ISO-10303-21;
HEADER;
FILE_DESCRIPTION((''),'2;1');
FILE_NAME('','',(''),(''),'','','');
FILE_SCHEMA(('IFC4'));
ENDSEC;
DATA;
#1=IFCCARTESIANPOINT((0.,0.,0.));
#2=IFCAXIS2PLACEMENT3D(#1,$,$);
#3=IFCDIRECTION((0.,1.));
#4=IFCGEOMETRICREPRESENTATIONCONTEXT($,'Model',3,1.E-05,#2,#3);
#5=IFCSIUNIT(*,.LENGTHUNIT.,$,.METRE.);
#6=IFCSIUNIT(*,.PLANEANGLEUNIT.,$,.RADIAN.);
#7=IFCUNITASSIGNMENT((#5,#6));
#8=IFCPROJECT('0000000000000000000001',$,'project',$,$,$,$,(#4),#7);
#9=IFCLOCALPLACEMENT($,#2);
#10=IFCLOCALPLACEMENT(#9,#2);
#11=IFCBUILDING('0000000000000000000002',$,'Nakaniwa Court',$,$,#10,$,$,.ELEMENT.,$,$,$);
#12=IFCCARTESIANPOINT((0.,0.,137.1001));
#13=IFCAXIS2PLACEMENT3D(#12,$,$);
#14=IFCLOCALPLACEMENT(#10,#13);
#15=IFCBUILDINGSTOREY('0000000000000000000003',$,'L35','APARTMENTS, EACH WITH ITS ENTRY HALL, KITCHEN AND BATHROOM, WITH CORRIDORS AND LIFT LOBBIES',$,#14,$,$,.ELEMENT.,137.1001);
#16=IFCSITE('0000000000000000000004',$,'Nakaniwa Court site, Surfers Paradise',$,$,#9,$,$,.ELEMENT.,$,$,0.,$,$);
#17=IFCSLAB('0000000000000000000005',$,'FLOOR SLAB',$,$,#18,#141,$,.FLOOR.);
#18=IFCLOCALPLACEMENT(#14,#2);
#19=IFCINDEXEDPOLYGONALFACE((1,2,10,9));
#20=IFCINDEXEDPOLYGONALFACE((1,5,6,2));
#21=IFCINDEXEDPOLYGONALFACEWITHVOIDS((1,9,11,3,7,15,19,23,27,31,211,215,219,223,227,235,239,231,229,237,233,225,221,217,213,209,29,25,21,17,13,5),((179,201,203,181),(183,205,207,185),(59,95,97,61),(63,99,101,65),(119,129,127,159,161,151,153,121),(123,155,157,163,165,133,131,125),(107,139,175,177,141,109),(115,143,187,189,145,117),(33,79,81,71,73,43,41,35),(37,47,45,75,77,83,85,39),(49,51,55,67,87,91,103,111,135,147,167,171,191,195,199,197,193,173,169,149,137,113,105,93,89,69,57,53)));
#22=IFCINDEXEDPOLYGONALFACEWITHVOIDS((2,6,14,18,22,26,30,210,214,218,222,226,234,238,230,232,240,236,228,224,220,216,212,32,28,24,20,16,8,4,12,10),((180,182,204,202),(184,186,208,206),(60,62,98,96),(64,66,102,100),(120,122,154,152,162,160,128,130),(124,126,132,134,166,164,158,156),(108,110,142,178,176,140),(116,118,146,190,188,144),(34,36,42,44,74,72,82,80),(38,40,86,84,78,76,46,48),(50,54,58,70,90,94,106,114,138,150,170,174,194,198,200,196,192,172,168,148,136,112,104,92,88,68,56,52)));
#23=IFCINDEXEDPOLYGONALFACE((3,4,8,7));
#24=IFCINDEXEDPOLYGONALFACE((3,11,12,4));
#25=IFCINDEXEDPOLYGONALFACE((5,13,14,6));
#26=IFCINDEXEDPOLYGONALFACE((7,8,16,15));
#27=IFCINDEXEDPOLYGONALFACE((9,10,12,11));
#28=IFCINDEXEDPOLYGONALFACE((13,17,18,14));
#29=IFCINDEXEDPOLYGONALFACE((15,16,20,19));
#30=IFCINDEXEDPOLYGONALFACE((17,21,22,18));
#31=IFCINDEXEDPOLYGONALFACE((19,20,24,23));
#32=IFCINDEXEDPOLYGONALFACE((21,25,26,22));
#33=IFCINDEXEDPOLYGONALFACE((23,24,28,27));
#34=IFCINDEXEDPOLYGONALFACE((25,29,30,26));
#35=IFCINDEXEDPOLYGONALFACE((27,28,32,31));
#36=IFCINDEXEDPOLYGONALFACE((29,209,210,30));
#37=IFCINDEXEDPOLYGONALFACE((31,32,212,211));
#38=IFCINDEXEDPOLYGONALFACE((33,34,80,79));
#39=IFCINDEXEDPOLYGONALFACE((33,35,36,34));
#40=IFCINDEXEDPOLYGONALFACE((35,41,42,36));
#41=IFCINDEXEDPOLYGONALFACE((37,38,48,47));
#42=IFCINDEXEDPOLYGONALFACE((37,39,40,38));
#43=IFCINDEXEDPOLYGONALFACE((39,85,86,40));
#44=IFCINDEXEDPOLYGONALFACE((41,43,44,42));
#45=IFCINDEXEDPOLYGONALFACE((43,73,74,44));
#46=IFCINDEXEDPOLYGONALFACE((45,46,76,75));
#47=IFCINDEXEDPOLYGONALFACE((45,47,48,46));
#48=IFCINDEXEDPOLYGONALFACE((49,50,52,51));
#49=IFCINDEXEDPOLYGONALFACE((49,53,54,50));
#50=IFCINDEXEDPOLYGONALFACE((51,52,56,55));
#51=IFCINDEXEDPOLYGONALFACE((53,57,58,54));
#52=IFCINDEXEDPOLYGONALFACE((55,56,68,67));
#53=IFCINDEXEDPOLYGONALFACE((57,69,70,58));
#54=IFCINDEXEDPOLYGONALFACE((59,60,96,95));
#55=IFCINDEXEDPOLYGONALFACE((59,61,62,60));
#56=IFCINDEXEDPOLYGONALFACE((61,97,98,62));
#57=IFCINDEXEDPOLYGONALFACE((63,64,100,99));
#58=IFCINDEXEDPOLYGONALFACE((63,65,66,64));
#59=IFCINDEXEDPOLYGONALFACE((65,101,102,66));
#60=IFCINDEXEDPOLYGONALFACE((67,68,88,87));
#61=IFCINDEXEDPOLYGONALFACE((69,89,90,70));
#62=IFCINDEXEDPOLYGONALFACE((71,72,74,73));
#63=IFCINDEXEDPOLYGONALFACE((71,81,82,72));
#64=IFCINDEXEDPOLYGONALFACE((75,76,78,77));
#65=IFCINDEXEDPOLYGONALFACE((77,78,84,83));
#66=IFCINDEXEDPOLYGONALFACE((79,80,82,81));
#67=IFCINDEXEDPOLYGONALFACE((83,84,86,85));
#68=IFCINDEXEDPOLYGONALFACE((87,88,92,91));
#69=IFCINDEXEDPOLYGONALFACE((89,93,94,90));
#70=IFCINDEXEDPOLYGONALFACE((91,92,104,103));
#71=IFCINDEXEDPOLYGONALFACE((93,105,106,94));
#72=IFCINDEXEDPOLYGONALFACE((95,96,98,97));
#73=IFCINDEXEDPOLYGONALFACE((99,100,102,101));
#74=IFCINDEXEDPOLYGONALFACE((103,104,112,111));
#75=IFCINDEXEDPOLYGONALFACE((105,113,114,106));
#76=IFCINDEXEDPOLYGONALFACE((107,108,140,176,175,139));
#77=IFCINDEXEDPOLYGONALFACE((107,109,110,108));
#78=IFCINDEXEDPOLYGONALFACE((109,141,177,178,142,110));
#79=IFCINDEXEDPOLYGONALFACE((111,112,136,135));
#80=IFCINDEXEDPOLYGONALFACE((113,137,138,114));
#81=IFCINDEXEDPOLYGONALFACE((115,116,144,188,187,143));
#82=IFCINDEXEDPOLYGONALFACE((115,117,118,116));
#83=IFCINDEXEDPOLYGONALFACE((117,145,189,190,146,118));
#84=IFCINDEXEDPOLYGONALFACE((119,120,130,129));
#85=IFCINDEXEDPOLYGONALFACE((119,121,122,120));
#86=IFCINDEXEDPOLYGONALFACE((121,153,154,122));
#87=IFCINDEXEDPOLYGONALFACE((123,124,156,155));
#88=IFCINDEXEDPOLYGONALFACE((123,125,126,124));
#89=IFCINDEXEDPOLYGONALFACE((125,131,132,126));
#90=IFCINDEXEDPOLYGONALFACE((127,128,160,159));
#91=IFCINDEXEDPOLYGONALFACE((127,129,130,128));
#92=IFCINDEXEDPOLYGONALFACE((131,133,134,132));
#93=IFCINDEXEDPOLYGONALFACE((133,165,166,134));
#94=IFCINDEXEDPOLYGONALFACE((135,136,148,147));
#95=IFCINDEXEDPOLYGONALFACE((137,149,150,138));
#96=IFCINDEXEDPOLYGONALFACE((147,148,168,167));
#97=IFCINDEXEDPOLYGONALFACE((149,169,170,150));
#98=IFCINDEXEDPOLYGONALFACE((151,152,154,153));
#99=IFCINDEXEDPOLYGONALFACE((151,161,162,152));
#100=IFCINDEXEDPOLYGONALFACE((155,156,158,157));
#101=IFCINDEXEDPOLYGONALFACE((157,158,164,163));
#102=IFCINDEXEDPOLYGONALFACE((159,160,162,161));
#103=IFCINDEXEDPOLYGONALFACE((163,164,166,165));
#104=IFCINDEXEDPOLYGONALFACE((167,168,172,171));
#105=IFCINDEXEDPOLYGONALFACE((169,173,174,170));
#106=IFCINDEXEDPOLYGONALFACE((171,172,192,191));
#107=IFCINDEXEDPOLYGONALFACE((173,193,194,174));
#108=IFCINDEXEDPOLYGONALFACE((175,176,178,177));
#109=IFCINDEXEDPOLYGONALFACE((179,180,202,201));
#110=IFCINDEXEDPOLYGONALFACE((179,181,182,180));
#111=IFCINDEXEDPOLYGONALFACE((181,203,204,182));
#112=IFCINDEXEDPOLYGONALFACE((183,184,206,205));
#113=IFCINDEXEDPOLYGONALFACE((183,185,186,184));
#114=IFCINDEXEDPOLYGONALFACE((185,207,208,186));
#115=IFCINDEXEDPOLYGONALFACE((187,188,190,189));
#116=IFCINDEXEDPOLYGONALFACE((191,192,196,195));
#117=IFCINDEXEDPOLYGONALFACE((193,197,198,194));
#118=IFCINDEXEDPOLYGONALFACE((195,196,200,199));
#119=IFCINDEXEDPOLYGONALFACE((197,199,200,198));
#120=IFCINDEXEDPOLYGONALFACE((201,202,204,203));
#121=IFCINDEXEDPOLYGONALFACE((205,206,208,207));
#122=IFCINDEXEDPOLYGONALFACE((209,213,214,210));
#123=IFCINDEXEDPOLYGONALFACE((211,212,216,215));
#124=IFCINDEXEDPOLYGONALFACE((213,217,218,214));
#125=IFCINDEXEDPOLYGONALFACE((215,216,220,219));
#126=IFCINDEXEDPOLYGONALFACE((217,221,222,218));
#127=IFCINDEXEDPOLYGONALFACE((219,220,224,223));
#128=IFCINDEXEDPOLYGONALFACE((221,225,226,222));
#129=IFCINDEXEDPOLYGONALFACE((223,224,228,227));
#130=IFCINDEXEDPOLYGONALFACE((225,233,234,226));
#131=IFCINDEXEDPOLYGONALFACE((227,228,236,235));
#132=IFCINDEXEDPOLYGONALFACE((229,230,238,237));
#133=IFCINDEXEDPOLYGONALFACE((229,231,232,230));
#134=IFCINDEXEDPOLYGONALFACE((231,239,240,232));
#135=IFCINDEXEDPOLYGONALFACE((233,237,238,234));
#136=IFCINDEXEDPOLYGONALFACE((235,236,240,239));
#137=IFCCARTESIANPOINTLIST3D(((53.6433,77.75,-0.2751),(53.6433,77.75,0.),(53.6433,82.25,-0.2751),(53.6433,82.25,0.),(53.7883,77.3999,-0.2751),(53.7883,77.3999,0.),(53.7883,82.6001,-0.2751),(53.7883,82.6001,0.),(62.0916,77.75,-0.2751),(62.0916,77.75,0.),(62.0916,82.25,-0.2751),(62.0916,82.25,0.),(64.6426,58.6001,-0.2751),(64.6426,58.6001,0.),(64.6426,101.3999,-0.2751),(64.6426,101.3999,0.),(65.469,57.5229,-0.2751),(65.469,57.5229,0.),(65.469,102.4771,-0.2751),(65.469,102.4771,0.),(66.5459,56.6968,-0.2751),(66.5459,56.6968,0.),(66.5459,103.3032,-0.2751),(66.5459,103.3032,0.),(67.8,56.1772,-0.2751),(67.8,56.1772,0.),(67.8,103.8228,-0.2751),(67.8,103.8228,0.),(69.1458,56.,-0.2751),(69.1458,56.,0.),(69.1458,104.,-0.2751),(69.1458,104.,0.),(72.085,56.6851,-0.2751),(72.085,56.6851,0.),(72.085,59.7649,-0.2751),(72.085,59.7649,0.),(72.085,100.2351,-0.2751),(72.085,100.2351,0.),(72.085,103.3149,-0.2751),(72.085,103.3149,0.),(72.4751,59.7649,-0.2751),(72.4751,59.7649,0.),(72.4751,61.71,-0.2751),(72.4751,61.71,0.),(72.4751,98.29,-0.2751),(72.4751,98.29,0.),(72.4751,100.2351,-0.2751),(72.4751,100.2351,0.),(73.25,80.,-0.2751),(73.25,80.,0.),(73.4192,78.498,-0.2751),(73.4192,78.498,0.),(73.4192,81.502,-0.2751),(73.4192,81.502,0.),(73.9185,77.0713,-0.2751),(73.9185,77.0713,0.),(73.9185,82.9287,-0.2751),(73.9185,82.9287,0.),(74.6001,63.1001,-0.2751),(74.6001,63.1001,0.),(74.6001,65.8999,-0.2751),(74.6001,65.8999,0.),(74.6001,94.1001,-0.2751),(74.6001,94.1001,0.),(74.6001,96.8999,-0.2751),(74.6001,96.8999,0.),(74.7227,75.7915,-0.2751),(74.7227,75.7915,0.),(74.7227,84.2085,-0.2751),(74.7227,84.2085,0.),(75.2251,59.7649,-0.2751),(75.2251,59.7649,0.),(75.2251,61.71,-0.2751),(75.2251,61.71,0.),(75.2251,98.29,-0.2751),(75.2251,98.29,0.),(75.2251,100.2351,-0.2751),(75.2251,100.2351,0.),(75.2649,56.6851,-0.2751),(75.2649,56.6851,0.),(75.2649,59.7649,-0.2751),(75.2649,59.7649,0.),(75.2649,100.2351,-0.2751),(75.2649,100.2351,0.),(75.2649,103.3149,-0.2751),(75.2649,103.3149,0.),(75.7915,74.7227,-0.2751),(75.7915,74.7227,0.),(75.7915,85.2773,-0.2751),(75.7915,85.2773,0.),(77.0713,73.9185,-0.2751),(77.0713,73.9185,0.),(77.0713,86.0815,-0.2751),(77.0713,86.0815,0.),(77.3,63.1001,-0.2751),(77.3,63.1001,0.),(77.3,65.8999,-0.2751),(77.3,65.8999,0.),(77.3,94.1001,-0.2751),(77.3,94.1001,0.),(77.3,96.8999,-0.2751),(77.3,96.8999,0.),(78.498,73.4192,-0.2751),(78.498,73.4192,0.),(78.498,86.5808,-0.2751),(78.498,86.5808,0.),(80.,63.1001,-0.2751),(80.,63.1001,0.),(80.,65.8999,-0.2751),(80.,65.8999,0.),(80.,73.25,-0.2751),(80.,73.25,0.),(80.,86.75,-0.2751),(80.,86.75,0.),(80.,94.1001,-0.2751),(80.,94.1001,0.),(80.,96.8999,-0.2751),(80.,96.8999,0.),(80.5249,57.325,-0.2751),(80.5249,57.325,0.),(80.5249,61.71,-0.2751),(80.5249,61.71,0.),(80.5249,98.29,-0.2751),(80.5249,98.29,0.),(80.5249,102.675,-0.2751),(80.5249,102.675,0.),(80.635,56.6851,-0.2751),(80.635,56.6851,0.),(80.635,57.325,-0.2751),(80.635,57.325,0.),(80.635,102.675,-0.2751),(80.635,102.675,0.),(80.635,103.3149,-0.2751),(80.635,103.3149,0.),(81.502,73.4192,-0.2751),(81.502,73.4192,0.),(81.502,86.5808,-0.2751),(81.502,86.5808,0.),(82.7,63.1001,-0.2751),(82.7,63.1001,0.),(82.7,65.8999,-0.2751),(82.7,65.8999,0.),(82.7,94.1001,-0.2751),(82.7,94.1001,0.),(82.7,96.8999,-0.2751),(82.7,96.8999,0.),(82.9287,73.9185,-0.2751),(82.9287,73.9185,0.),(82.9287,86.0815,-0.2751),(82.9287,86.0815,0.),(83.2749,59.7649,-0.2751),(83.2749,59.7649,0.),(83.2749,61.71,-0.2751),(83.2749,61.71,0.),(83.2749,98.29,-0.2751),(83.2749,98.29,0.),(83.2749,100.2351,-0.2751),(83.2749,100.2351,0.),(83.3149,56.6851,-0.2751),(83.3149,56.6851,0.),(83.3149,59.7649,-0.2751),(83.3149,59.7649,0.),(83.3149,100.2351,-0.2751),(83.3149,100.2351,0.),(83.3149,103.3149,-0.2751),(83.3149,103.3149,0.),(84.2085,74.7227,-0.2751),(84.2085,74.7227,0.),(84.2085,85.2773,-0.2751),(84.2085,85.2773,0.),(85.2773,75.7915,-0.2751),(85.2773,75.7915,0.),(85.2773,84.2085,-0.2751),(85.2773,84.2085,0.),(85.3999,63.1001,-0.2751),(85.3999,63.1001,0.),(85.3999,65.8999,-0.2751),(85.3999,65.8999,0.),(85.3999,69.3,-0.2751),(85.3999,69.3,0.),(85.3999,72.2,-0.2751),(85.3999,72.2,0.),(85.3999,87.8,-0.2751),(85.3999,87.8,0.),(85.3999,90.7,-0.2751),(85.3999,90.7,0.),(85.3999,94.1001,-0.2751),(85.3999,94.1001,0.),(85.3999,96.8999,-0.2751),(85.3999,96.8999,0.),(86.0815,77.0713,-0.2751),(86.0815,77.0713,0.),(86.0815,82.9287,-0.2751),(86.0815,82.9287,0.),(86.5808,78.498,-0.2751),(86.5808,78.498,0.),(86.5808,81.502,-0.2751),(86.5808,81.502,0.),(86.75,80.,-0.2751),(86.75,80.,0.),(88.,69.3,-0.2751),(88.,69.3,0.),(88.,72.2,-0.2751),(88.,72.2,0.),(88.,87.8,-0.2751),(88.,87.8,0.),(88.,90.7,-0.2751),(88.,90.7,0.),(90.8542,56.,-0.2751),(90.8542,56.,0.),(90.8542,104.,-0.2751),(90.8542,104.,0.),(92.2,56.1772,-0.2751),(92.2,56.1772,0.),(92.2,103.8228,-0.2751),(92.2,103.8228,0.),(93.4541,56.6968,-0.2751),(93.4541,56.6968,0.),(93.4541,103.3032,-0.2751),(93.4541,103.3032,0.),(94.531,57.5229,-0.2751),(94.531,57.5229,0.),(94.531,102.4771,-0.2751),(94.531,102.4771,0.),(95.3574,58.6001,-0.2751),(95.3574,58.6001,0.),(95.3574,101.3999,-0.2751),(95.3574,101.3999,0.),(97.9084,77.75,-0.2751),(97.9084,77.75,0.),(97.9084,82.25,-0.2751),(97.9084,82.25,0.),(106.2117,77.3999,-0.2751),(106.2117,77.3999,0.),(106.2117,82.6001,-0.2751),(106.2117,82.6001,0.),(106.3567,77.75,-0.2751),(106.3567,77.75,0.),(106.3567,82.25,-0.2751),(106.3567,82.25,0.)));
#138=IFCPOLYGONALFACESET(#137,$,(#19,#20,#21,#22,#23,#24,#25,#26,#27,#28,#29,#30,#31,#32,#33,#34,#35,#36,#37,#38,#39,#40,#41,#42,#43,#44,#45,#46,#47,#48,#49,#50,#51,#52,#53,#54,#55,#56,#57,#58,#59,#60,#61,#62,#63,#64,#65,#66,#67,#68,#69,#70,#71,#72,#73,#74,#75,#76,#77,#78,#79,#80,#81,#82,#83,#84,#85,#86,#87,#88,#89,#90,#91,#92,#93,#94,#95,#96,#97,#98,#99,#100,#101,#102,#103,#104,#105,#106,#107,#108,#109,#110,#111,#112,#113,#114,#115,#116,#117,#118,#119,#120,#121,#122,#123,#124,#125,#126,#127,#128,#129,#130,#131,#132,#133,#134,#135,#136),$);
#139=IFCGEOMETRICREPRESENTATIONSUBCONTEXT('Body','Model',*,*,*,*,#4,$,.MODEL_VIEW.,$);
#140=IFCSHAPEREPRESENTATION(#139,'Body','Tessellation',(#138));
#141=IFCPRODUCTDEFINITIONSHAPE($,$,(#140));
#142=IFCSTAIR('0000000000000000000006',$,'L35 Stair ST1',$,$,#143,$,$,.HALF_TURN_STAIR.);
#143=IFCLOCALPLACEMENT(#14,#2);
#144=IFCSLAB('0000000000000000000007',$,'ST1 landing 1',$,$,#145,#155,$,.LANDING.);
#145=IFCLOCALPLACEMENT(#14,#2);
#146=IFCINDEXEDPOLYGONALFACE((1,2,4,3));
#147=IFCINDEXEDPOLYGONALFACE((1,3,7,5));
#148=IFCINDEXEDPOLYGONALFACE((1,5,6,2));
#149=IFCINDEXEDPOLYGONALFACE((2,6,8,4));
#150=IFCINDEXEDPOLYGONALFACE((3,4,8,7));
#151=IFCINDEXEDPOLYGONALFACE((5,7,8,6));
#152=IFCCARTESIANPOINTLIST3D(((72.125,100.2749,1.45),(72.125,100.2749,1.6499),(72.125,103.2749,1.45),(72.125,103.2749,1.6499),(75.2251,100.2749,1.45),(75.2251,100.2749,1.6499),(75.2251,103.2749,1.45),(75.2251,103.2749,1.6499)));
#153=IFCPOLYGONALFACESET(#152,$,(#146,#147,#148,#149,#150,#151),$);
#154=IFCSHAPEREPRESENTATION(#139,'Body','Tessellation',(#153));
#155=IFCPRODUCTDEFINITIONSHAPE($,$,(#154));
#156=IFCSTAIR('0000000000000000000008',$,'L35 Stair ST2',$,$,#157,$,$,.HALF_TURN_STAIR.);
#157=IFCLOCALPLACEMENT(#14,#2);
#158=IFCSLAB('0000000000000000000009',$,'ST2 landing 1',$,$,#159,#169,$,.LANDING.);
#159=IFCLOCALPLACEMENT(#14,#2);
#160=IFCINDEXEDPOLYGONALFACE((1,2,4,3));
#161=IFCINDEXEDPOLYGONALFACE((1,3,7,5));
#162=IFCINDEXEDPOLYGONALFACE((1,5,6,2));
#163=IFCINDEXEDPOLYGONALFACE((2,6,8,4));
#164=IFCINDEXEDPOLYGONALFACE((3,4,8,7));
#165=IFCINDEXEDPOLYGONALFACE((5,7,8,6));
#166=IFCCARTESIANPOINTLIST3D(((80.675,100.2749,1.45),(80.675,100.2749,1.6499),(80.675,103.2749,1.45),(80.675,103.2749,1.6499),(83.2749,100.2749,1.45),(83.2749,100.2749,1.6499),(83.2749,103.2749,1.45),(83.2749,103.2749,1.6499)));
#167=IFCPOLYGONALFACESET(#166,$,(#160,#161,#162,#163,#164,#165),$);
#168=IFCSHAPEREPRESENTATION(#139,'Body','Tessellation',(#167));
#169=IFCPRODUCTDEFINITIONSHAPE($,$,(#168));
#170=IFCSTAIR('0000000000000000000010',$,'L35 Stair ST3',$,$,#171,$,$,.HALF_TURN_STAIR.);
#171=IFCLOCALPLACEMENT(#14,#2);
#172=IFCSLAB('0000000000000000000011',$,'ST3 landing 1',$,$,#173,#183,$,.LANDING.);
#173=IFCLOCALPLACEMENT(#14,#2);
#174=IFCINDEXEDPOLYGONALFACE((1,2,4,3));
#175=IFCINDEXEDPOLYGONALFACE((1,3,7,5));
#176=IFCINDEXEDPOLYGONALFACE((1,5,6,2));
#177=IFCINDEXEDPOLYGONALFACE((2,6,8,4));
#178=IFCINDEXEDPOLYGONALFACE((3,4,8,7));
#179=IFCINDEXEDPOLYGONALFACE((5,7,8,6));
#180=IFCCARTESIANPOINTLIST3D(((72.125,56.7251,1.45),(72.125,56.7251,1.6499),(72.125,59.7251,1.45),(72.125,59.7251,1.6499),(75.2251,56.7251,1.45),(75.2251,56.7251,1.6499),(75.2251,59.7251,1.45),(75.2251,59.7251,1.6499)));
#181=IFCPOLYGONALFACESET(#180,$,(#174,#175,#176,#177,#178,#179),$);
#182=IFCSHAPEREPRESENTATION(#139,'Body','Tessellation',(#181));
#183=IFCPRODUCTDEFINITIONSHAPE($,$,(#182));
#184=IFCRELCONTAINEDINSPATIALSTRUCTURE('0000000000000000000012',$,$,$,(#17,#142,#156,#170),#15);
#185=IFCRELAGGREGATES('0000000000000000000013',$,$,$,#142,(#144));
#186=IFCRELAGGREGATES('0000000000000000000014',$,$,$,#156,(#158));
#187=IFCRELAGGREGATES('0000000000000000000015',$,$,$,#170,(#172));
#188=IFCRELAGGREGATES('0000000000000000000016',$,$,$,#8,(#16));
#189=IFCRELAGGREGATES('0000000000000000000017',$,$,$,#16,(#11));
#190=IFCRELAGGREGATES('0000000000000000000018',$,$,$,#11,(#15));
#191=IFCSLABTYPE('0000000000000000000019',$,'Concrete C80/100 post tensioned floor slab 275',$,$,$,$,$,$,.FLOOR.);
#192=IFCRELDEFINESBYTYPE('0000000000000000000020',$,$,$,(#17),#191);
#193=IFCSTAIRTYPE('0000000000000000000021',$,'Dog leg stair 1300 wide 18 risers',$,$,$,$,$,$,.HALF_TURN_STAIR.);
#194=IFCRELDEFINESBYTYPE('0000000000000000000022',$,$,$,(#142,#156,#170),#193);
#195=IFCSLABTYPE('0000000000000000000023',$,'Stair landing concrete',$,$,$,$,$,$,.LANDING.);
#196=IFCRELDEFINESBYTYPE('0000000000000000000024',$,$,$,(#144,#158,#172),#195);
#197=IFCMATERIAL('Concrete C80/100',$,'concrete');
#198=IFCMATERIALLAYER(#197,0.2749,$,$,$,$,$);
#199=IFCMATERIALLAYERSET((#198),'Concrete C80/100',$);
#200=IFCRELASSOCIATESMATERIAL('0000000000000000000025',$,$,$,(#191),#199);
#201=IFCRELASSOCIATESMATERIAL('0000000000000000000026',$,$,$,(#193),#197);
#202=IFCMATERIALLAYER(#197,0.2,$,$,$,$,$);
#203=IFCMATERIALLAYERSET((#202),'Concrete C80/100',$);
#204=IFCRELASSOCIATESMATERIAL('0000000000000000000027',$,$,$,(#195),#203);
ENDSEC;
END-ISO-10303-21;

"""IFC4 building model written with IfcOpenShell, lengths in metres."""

from ifc_helpers import new_model, si_unit, direction, frame, origin, place, context, subcontext, project, spatial, polyline, outline, extrude, material, layer, layer_set, type_object, element, aggregate, save


model = new_model("IFC4")

# Units and contexts
model_context = context("Model", 3, precision=1e-05, world=origin(), true_north=direction((0.0, 1.0)))
body_context = subcontext(model_context, "Body", "Model", "MODEL_VIEW")
ifc_project = project(units=[si_unit("LENGTHUNIT", "METRE"), si_unit("PLANEANGLEUNIT", "RADIAN")], contexts=[model_context])

# Site, building, storey
site_placement = place(None, origin())
site = spatial("IfcSite", under=ifc_project, at=site_placement, Name="Nakaniwa Court site, Surfers Paradise", CompositionType="ELEMENT", RefElevation=0.0)
building_placement = place(site_placement, origin())
building = spatial("IfcBuilding", under=site, at=building_placement, Name="Nakaniwa Court", CompositionType="ELEMENT")
storey_placement = place(building_placement, frame((0.0, 0.0, 137.1001)))
storey = spatial("IfcBuildingStorey", under=building, at=storey_placement, Name="L35", Description="APARTMENTS, EACH WITH ITS ENTRY HALL, KITCHEN AND BATHROOM, WITH CORRIDORS AND LIFT LOBBIES", CompositionType="ELEMENT", Elevation=137.1001)

# Shared definitions
ifc_material_1 = material(Name="Concrete C80/100", Category="concrete")

# Slab
ifc_layer_1 = layer(ifc_material_1, 0.2749)
ifc_layer_set_1 = layer_set([ifc_layer_1], Name="Concrete C80/100")
slab_type_1 = type_object("IfcSlabType", Name="Concrete C80/100 post tensioned floor slab 275", PredefinedType="FLOOR", material=ifc_layer_set_1)
slab_1_placement = place(storey_placement, frame((0.0, 0.0, -0.2751)))
element("IfcSlab", 1, at=slab_1_placement, inside=storey, type_object=slab_type_1, Name="FLOOR SLAB", PredefinedType="FLOOR", context=body_context, shape_type="SweptSolid", body=[
    extrude(outline(polyline([(97.9084, 82.25), (106.3567, 82.25), (106.2117, 82.6001), (95.3574, 101.3999), (94.531, 102.4771), (93.4541, 103.3032), (92.2, 103.8228), (90.8542, 104.0), (69.1458, 104.0), (67.8, 103.8228), (66.5459, 103.3032), (65.469, 102.4771), (64.6426, 101.3999), (53.7883, 82.6001), (53.6433, 82.25), (62.0916, 82.25), (62.0916, 77.75), (53.6433, 77.75), (53.7883, 77.3999), (64.6426, 58.6001), (65.469, 57.5229), (66.5459, 56.6968), (67.8, 56.1772), (69.1458, 56.0), (90.8542, 56.0), (92.2, 56.1772), (93.4541, 56.6968), (94.531, 57.5229), (95.3574, 58.6001), (106.2117, 77.3999), (106.3567, 77.75), (97.9084, 77.75), (97.9084, 82.25)]), holes=[polyline([(81.502, 86.5808), (80.0, 86.75), (78.498, 86.5808), (77.0713, 86.0815), (75.7915, 85.2773), (74.7227, 84.2085), (73.9185, 82.9287), (73.4192, 81.502), (73.25, 80.0), (73.4192, 78.498), (73.9185, 77.0713), (74.7227, 75.7915), (75.7915, 74.7227), (77.0713, 73.9185), (78.498, 73.4192), (80.0, 73.25), (81.502, 73.4192), (82.9287, 73.9185), (84.2085, 74.7227), (85.2773, 75.7915), (86.0815, 77.0713), (86.5808, 78.498), (86.75, 80.0), (86.5808, 81.502), (86.0815, 82.9287), (85.2773, 84.2085), (84.2085, 85.2773), (82.9287, 86.0815), (81.502, 86.5808)]), polyline([(72.4751, 61.71), (72.4751, 59.7649), (72.085, 59.7649), (72.085, 56.6851), (75.2649, 56.6851), (75.2649, 59.7649), (75.2251, 59.7649), (75.2251, 61.71), (72.4751, 61.71)]), polyline([(77.3, 65.8999), (74.6001, 65.8999), (74.6001, 63.1001), (77.3, 63.1001), (77.3, 65.8999)]), polyline([(80.0, 65.8999), (80.0, 63.1001), (82.7, 63.1001), (85.3999, 63.1001), (85.3999, 65.8999), (82.7, 65.8999), (80.0, 65.8999)]), polyline([(77.3, 96.8999), (74.6001, 96.8999), (74.6001, 94.1001), (77.3, 94.1001), (77.3, 96.8999)]), polyline([(80.0, 96.8999), (80.0, 94.1001), (82.7, 94.1001), (85.3999, 94.1001), (85.3999, 96.8999), (82.7, 96.8999), (80.0, 96.8999)]), polyline([(75.2649, 100.2351), (75.2649, 103.3149), (72.085, 103.3149), (72.085, 100.2351), (72.4751, 100.2351), (72.4751, 98.29), (75.2251, 98.29), (75.2251, 100.2351), (75.2649, 100.2351)]), polyline([(83.2749, 61.71), (80.5249, 61.71), (80.5249, 57.325), (80.635, 57.325), (80.635, 56.6851), (83.3149, 56.6851), (83.3149, 59.7649), (83.2749, 59.7649), (83.2749, 61.71)]), polyline([(88.0, 72.2), (85.3999, 72.2), (85.3999, 69.3), (88.0, 69.3), (88.0, 72.2)]), polyline([(88.0, 90.7), (85.3999, 90.7), (85.3999, 87.8), (88.0, 87.8), (88.0, 90.7)]), polyline([(83.3149, 100.2351), (83.3149, 103.3149), (80.635, 103.3149), (80.635, 102.675), (80.5249, 102.675), (80.5249, 98.29), (83.2749, 98.29), (83.2749, 100.2351), (83.3149, 100.2351)])]), origin(), (0.0, 0.0, 1.0), 0.2751),
])

# Stairs, slabs
stair_type = type_object("IfcStairType", Name="Dog leg stair 1300 wide 18 risers", PredefinedType="HALF_TURN_STAIR", material=ifc_material_1)
stair_1_placement = place(storey_placement, origin())
stair_1 = element("IfcStair", 2, at=stair_1_placement, inside=storey, type_object=stair_type, Name="L35 Stair ST1", PredefinedType="HALF_TURN_STAIR")
ifc_layer_2 = layer(ifc_material_1, 0.2)
ifc_layer_set_2 = layer_set([ifc_layer_2], Name="Concrete C80/100")
slab_type_2 = type_object("IfcSlabType", Name="Stair landing concrete", PredefinedType="LANDING", material=ifc_layer_set_2)
slab_2_placement = place(storey_placement, frame((0.0, 0.0, 1.45)))
slab_2 = element("IfcSlab", 3, at=slab_2_placement, type_object=slab_type_2, Name="ST1 landing 1", PredefinedType="LANDING", context=body_context, shape_type="SweptSolid", body=[
    extrude(outline(polyline([(75.2251, 100.2749), (75.2251, 103.2749), (72.125, 103.2749), (72.125, 100.2749), (75.2251, 100.2749)])), origin(), (0.0, 0.0, 1.0), 0.2),
])
aggregate(stair_1, [slab_2])
stair_2_placement = place(storey_placement, origin())
stair_2 = element("IfcStair", 4, at=stair_2_placement, inside=storey, type_object=stair_type, Name="L35 Stair ST2", PredefinedType="HALF_TURN_STAIR")
slab_3_placement = place(storey_placement, frame((0.0, 0.0, 1.45)))
slab_3 = element("IfcSlab", 5, at=slab_3_placement, type_object=slab_type_2, Name="ST2 landing 1", PredefinedType="LANDING", context=body_context, shape_type="SweptSolid", body=[
    extrude(outline(polyline([(83.2749, 100.2749), (83.2749, 103.2749), (80.675, 103.2749), (80.675, 100.2749), (83.2749, 100.2749)])), origin(), (0.0, 0.0, 1.0), 0.2),
])
aggregate(stair_2, [slab_3])
stair_3_placement = place(storey_placement, origin())
stair_3 = element("IfcStair", 6, at=stair_3_placement, inside=storey, type_object=stair_type, Name="L35 Stair ST3", PredefinedType="HALF_TURN_STAIR")
slab_4_placement = place(storey_placement, frame((0.0, 0.0, 1.45)))
slab_4 = element("IfcSlab", 7, at=slab_4_placement, type_object=slab_type_2, Name="ST3 landing 1", PredefinedType="LANDING", context=body_context, shape_type="SweptSolid", body=[
    extrude(outline(polyline([(75.2251, 56.7251), (75.2251, 59.7251), (72.125, 59.7251), (72.125, 56.7251), (75.2251, 56.7251)])), origin(), (0.0, 0.0, 1.0), 0.2),
])
aggregate(stair_3, [slab_4])

save(model, "model.ifc")
